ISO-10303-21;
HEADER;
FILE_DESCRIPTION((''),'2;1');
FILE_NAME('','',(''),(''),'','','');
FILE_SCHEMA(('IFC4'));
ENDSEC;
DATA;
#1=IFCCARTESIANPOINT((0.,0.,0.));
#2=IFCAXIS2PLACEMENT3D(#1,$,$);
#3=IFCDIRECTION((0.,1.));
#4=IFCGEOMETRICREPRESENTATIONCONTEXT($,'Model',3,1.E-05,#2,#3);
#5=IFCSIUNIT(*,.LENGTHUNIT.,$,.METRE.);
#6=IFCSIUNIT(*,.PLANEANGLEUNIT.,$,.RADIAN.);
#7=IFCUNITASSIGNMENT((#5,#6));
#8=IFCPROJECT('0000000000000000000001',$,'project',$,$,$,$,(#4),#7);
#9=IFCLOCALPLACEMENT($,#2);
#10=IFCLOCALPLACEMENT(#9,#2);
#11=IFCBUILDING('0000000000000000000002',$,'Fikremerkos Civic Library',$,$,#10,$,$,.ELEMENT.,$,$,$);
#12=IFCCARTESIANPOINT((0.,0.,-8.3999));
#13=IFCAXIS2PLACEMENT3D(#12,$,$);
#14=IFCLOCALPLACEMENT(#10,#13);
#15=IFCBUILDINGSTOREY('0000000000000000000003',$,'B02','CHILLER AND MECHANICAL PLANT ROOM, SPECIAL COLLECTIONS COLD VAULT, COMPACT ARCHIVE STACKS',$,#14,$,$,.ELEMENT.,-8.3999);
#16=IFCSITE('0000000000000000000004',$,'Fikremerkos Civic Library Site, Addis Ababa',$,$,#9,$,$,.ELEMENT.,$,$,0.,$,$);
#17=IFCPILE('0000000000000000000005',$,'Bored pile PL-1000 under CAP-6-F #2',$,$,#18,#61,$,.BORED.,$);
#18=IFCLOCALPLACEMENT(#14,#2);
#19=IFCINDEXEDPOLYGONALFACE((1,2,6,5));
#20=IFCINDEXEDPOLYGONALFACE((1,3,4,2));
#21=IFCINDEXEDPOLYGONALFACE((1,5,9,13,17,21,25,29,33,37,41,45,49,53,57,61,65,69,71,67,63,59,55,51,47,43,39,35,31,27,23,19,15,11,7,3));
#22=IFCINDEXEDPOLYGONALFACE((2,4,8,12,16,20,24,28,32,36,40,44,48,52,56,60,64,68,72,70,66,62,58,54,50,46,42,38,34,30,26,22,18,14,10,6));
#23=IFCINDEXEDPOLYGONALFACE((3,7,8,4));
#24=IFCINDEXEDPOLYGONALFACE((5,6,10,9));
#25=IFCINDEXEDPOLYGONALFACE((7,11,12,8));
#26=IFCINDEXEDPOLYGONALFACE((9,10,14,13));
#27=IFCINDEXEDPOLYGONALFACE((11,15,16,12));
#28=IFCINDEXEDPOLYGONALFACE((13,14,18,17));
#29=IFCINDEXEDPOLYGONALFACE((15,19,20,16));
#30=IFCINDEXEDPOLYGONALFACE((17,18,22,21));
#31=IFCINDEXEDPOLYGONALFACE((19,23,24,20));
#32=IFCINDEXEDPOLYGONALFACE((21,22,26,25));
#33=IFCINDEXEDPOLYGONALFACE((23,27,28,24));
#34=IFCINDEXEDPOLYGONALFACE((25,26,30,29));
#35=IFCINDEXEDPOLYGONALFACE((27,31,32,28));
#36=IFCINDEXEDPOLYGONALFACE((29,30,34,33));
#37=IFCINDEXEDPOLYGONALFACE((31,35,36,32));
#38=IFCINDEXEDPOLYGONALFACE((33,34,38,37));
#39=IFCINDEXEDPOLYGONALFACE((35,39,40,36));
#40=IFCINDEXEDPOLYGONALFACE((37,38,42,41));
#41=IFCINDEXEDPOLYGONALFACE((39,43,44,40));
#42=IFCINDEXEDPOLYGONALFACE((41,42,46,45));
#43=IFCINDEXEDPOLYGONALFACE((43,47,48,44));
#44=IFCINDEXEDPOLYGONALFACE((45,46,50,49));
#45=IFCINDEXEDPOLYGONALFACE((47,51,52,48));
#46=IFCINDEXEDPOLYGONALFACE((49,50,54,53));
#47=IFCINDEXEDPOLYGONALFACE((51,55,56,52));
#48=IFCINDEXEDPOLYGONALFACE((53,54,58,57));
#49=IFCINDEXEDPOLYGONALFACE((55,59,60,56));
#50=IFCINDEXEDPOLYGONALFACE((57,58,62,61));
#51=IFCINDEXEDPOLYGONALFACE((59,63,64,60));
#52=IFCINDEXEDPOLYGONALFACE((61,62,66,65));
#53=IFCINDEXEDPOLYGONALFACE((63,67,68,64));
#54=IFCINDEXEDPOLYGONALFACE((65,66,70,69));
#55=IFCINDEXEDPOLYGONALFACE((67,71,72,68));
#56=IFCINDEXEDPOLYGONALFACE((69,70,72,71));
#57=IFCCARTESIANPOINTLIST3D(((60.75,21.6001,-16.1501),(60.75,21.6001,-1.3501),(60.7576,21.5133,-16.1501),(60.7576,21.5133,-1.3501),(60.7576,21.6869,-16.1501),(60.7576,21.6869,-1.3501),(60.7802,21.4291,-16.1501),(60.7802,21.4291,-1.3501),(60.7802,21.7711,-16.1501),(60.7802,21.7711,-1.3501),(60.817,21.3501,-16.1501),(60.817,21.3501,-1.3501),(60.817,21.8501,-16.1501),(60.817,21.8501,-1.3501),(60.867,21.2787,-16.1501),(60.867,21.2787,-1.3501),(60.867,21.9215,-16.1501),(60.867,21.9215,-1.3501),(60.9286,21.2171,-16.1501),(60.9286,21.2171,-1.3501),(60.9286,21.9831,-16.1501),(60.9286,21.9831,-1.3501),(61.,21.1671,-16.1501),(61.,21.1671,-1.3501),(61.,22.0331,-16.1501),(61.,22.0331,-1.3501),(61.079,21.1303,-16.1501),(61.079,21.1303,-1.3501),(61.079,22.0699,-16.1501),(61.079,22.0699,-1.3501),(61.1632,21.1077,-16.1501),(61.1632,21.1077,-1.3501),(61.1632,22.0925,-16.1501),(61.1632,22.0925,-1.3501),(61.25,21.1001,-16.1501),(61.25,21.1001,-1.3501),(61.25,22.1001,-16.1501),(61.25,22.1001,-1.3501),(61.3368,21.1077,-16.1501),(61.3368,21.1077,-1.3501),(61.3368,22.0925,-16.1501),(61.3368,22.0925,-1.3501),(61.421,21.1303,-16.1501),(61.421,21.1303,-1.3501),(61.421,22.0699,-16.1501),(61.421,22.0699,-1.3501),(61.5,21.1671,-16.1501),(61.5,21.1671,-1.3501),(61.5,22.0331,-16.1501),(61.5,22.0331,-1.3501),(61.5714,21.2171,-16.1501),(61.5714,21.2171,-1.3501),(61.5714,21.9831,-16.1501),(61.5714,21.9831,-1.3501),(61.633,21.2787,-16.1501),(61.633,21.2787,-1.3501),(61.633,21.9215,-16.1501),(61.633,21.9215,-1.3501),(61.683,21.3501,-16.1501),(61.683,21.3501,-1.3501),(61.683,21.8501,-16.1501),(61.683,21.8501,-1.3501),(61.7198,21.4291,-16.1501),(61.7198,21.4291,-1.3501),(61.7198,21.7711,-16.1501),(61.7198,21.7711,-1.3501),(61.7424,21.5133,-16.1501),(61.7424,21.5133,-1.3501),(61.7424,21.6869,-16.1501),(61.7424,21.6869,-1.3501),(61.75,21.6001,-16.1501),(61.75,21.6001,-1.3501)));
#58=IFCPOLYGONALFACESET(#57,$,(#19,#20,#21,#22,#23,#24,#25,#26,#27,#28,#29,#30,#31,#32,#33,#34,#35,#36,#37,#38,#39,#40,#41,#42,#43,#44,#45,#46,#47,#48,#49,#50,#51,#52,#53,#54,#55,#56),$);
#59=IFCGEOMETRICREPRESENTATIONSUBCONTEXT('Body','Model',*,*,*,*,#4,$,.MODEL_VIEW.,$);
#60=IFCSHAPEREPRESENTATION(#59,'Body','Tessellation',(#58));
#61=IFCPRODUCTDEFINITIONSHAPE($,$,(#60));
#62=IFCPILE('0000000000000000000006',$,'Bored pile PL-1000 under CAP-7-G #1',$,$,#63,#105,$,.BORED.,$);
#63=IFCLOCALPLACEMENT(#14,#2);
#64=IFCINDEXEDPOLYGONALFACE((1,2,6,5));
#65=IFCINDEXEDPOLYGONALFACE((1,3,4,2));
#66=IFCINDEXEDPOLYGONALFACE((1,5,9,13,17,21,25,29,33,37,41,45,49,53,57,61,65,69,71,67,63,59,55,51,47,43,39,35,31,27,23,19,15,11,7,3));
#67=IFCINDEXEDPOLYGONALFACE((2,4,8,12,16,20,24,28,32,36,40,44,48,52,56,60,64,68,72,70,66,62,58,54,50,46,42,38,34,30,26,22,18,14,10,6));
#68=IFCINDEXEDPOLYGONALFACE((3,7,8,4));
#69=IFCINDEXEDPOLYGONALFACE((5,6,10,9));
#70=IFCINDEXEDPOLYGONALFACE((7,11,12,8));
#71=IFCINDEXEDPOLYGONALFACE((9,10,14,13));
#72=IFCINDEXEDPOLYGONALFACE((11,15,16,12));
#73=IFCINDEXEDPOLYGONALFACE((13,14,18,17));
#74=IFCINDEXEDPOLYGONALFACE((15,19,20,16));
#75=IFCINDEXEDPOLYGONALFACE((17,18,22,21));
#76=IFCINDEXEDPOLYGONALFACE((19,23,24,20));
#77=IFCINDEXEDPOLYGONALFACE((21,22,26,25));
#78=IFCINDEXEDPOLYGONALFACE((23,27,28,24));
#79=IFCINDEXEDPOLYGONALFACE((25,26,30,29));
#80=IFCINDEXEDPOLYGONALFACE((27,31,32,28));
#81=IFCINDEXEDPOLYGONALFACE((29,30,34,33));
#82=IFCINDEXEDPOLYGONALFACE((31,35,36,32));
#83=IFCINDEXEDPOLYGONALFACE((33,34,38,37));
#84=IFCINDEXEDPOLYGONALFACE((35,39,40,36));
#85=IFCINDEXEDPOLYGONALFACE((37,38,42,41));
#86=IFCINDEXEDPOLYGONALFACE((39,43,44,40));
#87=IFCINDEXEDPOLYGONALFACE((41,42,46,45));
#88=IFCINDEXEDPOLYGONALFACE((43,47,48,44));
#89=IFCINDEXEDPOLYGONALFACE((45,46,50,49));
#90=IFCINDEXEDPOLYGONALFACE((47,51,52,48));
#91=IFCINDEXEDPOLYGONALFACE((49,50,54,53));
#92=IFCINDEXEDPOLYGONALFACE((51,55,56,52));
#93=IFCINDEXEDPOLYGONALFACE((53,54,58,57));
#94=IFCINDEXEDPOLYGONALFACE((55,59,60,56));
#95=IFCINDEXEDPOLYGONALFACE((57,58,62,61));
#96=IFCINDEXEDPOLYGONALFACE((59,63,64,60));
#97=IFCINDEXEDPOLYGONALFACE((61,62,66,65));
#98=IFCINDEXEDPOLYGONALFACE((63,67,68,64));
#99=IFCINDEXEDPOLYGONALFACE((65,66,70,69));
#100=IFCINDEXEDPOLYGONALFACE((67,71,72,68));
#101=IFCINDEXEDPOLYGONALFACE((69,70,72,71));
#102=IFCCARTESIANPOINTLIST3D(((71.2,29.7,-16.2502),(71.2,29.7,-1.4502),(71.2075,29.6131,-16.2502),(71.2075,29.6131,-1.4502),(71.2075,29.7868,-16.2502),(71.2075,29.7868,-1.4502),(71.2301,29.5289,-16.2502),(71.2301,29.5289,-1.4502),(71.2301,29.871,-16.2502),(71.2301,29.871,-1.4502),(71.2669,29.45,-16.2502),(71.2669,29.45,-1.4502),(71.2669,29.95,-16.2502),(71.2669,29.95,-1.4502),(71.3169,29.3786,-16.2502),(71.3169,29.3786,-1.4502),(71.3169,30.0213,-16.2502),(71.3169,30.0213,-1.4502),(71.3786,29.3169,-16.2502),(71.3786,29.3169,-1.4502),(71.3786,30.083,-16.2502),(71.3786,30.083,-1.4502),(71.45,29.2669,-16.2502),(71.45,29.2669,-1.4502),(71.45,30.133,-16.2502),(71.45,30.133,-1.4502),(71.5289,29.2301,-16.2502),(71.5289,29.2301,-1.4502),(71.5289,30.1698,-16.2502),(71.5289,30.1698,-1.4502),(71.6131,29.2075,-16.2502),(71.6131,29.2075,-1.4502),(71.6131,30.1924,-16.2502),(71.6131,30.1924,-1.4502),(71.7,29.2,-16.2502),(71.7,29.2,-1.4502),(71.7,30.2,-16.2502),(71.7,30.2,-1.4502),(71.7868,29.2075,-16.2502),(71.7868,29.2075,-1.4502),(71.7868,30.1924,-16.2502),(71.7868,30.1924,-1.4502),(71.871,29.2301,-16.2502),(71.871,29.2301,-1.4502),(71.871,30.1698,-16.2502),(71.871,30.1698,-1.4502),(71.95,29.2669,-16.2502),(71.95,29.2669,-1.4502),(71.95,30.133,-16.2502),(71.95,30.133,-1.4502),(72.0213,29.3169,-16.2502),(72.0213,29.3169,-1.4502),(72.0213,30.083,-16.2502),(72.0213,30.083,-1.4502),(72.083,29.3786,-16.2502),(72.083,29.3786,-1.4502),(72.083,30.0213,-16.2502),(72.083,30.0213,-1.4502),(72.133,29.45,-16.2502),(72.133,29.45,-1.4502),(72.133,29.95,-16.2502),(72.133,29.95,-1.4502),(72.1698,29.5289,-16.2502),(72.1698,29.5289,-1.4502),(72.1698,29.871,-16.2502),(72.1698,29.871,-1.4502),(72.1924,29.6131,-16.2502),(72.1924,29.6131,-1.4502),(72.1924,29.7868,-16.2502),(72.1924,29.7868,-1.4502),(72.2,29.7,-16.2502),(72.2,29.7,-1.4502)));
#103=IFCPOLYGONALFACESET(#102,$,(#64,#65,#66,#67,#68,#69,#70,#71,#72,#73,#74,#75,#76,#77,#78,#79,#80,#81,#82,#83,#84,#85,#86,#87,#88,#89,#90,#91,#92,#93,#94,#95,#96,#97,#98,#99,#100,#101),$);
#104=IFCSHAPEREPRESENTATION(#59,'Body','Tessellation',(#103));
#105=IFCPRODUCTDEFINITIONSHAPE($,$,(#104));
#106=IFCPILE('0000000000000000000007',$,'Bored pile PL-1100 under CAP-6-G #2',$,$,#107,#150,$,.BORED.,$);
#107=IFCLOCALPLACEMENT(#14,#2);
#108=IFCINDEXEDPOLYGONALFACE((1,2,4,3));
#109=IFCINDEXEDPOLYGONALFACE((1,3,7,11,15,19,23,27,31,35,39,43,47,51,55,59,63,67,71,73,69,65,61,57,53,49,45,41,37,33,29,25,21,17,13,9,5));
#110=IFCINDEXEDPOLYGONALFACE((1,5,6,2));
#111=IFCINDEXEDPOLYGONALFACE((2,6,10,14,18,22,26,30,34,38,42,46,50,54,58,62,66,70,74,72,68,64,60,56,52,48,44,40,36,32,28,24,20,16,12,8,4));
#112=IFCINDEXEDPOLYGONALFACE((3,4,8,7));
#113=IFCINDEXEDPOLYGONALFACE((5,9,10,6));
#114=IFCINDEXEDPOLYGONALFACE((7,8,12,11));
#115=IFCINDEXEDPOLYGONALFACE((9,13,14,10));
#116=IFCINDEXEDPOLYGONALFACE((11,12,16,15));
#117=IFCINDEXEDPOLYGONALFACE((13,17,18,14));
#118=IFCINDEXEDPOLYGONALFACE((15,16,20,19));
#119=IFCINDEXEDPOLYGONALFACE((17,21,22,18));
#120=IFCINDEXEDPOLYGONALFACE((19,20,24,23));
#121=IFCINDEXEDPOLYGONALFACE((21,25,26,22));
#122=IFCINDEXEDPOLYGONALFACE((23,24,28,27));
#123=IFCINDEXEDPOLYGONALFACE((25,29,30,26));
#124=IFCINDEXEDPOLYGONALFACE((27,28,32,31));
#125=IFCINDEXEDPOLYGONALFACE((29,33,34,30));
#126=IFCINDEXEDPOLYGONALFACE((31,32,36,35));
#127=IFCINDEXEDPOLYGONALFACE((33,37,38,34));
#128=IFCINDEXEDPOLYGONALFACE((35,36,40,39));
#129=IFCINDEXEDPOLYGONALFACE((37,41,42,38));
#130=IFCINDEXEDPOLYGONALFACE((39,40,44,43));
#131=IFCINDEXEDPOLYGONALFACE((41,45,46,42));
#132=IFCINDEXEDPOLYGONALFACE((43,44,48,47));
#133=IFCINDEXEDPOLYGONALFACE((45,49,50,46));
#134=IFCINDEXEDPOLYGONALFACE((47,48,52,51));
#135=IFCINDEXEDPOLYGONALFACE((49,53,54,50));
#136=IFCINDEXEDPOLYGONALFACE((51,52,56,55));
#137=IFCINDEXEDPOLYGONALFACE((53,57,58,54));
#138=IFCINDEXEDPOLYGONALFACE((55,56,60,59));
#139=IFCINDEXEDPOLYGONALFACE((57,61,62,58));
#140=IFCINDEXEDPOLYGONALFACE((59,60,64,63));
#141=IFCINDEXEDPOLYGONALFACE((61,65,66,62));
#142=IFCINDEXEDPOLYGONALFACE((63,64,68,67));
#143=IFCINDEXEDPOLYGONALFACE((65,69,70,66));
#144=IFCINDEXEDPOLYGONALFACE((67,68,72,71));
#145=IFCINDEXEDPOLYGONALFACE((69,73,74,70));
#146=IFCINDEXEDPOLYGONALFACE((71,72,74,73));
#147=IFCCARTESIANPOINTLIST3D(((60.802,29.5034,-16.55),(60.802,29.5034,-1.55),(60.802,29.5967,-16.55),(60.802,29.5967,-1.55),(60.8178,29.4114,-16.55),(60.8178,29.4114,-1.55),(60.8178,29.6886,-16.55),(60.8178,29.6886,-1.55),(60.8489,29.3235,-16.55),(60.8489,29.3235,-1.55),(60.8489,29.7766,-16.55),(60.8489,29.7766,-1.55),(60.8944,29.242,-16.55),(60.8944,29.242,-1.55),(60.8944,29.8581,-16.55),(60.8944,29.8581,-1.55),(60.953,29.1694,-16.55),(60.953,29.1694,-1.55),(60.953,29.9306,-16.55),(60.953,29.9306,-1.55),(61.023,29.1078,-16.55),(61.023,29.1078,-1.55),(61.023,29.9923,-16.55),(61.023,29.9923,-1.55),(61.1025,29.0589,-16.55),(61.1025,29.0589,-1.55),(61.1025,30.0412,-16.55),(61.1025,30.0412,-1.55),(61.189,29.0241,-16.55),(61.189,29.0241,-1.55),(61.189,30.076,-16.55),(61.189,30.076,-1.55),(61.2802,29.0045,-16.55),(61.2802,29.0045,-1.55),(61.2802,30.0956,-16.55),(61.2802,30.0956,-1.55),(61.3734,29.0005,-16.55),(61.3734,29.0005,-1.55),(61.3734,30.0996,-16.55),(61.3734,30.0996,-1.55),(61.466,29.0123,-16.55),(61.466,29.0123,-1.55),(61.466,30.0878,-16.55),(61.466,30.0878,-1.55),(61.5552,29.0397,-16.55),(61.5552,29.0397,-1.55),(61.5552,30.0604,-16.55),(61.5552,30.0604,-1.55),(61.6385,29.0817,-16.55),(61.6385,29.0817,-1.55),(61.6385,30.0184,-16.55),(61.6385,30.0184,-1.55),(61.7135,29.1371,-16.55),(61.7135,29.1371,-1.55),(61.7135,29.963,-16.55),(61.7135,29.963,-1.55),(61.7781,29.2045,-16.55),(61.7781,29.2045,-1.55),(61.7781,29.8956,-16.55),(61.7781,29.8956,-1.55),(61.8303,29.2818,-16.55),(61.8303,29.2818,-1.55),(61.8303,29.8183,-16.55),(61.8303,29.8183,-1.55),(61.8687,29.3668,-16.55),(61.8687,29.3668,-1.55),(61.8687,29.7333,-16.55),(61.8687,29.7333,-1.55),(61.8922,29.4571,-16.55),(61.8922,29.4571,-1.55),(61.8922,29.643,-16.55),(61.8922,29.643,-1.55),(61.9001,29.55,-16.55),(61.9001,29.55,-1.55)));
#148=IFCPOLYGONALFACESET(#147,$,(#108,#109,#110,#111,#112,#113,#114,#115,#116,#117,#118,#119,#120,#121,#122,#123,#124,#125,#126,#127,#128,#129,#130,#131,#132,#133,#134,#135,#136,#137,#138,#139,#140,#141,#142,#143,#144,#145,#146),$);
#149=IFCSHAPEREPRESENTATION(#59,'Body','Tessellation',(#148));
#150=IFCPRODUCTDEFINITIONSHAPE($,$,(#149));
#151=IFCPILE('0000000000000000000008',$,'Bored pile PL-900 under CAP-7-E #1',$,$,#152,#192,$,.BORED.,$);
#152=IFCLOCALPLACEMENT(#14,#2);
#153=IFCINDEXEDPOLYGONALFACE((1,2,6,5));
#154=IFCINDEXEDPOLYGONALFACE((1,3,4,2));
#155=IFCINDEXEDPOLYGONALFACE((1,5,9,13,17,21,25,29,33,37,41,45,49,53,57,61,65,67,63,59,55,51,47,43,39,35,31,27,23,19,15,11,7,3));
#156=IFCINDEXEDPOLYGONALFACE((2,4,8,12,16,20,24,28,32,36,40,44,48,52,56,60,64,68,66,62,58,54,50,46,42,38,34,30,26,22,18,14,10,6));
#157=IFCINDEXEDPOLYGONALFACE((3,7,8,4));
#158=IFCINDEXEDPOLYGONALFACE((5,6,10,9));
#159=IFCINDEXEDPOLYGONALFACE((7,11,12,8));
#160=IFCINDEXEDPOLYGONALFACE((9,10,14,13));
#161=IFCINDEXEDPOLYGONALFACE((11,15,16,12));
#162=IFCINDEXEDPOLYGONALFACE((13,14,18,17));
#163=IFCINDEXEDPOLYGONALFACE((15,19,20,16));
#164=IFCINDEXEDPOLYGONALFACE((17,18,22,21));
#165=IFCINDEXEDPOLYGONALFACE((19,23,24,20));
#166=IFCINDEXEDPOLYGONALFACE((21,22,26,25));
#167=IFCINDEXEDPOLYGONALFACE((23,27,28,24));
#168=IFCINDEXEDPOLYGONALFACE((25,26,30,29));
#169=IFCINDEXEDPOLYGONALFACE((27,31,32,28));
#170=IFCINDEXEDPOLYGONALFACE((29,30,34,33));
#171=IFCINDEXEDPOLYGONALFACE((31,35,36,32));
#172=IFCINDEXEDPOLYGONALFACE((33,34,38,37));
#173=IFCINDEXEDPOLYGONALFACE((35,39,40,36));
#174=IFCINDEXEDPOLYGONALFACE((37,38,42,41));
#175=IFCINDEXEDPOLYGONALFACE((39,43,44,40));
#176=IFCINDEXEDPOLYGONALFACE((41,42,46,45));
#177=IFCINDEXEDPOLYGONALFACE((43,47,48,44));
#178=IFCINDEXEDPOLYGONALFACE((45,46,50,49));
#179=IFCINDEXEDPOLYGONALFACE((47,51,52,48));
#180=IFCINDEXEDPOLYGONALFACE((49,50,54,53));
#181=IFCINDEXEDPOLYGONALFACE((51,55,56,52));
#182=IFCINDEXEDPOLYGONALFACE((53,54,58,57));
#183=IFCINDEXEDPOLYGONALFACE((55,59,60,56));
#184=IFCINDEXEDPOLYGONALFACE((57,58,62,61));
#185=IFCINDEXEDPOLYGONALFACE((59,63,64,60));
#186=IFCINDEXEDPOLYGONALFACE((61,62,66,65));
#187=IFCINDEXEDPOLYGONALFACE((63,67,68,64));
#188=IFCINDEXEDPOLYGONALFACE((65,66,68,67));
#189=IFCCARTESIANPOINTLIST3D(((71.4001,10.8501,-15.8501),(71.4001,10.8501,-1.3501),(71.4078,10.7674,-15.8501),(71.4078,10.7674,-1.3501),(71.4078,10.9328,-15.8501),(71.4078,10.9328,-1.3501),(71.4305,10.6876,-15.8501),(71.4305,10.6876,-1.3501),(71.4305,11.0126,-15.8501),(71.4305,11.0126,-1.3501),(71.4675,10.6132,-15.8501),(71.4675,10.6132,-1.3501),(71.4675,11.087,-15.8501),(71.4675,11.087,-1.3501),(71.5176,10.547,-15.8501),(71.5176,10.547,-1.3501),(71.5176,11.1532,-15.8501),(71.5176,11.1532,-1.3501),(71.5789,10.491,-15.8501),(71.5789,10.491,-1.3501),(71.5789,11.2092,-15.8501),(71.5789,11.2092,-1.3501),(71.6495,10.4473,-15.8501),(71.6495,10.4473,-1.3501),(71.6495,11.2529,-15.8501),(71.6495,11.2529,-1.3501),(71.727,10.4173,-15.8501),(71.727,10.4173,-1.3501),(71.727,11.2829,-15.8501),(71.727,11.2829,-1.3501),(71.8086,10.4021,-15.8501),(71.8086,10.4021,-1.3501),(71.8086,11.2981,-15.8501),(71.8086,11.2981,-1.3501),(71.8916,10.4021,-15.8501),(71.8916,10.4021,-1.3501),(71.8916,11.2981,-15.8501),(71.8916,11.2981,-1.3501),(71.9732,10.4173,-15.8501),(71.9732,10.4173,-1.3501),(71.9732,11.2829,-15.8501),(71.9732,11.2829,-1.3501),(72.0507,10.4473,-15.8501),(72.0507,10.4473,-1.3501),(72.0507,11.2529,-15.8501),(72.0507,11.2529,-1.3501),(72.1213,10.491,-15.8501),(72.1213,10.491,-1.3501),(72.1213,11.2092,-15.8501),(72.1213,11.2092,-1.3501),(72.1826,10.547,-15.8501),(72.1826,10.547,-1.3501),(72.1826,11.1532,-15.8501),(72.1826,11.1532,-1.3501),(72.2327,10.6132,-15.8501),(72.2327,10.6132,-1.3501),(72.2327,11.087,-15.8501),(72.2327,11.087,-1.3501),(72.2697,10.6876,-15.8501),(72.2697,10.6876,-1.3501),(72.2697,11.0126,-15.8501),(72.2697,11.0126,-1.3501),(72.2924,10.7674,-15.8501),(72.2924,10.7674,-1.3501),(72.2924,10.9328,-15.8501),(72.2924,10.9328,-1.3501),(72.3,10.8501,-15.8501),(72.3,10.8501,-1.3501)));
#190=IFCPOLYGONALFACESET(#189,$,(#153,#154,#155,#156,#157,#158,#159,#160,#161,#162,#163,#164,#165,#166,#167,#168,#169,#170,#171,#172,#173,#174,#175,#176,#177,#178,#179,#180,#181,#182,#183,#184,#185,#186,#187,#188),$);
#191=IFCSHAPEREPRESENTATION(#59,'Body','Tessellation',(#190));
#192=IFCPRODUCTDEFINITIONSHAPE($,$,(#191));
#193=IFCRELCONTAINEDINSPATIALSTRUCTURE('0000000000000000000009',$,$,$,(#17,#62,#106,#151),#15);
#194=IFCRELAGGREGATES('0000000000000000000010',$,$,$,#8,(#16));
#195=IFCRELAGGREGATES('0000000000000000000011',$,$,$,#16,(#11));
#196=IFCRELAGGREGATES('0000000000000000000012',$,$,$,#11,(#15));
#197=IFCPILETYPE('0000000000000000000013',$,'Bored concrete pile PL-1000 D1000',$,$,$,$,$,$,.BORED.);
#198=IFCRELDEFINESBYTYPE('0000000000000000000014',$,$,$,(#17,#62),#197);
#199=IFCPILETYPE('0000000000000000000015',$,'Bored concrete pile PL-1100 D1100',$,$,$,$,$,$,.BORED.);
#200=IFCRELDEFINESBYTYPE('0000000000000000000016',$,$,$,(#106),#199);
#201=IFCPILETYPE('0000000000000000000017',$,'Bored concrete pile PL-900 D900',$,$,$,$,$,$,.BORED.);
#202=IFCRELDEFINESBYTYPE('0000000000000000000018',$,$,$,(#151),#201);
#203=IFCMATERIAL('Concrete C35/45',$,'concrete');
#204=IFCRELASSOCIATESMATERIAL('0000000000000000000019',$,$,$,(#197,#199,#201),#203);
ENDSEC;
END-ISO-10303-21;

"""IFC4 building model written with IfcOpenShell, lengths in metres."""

from ifc_helpers import new_model, si_unit, direction, frame, origin, origin_2d, place, context, subcontext, project, spatial, circle, extrude, material, material_profile, profile_set, type_object, element, save


model = new_model("IFC4")

# Units and contexts
model_context = context("Model", 3, precision=1e-05, world=origin(), true_north=direction((0.0, 1.0)))
body_context = subcontext(model_context, "Body", "Model", "MODEL_VIEW")
ifc_project = project(units=[si_unit("LENGTHUNIT", "METRE"), si_unit("PLANEANGLEUNIT", "RADIAN")], contexts=[model_context])

# Site, building, storey
site_placement = place(None, origin())
site = spatial("IfcSite", under=ifc_project, at=site_placement, Name="Fikremerkos Civic Library Site, Addis Ababa", CompositionType="ELEMENT", RefElevation=0.0)
building_placement = place(site_placement, origin())
building = spatial("IfcBuilding", under=site, at=building_placement, Name="Fikremerkos Civic Library", CompositionType="ELEMENT")
storey_placement = place(building_placement, frame((0.0, 0.0, -8.3999)))
storey = spatial("IfcBuildingStorey", under=building, at=storey_placement, Name="B02", Description="CHILLER AND MECHANICAL PLANT ROOM, SPECIAL COLLECTIONS COLD VAULT, COMPACT ARCHIVE STACKS", CompositionType="ELEMENT", Elevation=-8.3999)

# Piles
ifc_material_1 = material(Name="Concrete C35/45", Category="concrete")
ifc_material_profile_1 = material_profile(ifc_material_1, circle(Radius=0.5, at=origin_2d()), Name="BORED PILE 1000")
ifc_profile_set_1 = profile_set([ifc_material_profile_1], Name="Concrete C35/45")
pile_type_1 = type_object("IfcPileType", Name="Bored concrete pile PL-1000 D1000", PredefinedType="BORED", material=ifc_profile_set_1)
for number, where, z_axis, x_axis, name in (
    (1, (61.25, 21.6001, -1.3501), (0.0, 0.0, -1.0), (1.0, 0.0, 0.0), "Bored pile PL-1000 under CAP-6-F #2"),
    (2, (71.7, 29.7, -1.4502), (0.0, 0.0, -1.0), (1.0, 0.0, 0.0), "Bored pile PL-1000 under CAP-7-G #1"),
):
    element("IfcPile", number, at=place(storey_placement, frame(where, z_axis=z_axis, x_axis=x_axis)), inside=storey, type_object=pile_type_1, Name=name, PredefinedType="BORED", context=body_context, shape_type="SweptSolid", body=[
        extrude(circle(Radius=0.5, at=origin_2d()), origin(), (0.0, 0.0, 1.0), 14.8),
    ])
ifc_material_profile_2 = material_profile(ifc_material_1, circle(Radius=0.55, at=origin_2d()), Name="BORED PILE 1100")
ifc_profile_set_2 = profile_set([ifc_material_profile_2], Name="Concrete C35/45")
pile_type_2 = type_object("IfcPileType", Name="Bored concrete pile PL-1100 D1100", PredefinedType="BORED", material=ifc_profile_set_2)
pile_placement = place(storey_placement, frame((61.3501, 29.55, -1.55), z_axis=(0.0, 0.0, -1.0), x_axis=(1.0, 0.0, 0.0)))
element("IfcPile", 3, at=pile_placement, inside=storey, type_object=pile_type_2, Name="Bored pile PL-1100 under CAP-6-G #2", PredefinedType="BORED", context=body_context, shape_type="SweptSolid", body=[
    extrude(circle(Radius=0.55, at=origin_2d()), origin(), (0.0, 0.0, 1.0), 15.0),
])
ifc_material_profile_3 = material_profile(ifc_material_1, circle(Radius=0.45, at=origin_2d()), Name="BORED PILE 900")
ifc_profile_set_3 = profile_set([ifc_material_profile_3], Name="Concrete C35/45")
pile_type_3 = type_object("IfcPileType", Name="Bored concrete pile PL-900 D900", PredefinedType="BORED", material=ifc_profile_set_3)
for number, where, z_axis, x_axis, name in (
    (4, (71.8501, 10.8501, -1.3501), (0.0, 0.0, -1.0), (1.0, 0.0, 0.0), "Bored pile PL-900 under CAP-7-E #1"),
):
    element("IfcPile", number, at=place(storey_placement, frame(where, z_axis=z_axis, x_axis=x_axis)), inside=storey, type_object=pile_type_3, Name=name, PredefinedType="BORED", context=body_context, shape_type="SweptSolid", body=[
        extrude(circle(Radius=0.45, at=origin_2d()), origin(), (0.0, 0.0, 1.0), 14.5),
    ])

save(model, "model.ifc")
